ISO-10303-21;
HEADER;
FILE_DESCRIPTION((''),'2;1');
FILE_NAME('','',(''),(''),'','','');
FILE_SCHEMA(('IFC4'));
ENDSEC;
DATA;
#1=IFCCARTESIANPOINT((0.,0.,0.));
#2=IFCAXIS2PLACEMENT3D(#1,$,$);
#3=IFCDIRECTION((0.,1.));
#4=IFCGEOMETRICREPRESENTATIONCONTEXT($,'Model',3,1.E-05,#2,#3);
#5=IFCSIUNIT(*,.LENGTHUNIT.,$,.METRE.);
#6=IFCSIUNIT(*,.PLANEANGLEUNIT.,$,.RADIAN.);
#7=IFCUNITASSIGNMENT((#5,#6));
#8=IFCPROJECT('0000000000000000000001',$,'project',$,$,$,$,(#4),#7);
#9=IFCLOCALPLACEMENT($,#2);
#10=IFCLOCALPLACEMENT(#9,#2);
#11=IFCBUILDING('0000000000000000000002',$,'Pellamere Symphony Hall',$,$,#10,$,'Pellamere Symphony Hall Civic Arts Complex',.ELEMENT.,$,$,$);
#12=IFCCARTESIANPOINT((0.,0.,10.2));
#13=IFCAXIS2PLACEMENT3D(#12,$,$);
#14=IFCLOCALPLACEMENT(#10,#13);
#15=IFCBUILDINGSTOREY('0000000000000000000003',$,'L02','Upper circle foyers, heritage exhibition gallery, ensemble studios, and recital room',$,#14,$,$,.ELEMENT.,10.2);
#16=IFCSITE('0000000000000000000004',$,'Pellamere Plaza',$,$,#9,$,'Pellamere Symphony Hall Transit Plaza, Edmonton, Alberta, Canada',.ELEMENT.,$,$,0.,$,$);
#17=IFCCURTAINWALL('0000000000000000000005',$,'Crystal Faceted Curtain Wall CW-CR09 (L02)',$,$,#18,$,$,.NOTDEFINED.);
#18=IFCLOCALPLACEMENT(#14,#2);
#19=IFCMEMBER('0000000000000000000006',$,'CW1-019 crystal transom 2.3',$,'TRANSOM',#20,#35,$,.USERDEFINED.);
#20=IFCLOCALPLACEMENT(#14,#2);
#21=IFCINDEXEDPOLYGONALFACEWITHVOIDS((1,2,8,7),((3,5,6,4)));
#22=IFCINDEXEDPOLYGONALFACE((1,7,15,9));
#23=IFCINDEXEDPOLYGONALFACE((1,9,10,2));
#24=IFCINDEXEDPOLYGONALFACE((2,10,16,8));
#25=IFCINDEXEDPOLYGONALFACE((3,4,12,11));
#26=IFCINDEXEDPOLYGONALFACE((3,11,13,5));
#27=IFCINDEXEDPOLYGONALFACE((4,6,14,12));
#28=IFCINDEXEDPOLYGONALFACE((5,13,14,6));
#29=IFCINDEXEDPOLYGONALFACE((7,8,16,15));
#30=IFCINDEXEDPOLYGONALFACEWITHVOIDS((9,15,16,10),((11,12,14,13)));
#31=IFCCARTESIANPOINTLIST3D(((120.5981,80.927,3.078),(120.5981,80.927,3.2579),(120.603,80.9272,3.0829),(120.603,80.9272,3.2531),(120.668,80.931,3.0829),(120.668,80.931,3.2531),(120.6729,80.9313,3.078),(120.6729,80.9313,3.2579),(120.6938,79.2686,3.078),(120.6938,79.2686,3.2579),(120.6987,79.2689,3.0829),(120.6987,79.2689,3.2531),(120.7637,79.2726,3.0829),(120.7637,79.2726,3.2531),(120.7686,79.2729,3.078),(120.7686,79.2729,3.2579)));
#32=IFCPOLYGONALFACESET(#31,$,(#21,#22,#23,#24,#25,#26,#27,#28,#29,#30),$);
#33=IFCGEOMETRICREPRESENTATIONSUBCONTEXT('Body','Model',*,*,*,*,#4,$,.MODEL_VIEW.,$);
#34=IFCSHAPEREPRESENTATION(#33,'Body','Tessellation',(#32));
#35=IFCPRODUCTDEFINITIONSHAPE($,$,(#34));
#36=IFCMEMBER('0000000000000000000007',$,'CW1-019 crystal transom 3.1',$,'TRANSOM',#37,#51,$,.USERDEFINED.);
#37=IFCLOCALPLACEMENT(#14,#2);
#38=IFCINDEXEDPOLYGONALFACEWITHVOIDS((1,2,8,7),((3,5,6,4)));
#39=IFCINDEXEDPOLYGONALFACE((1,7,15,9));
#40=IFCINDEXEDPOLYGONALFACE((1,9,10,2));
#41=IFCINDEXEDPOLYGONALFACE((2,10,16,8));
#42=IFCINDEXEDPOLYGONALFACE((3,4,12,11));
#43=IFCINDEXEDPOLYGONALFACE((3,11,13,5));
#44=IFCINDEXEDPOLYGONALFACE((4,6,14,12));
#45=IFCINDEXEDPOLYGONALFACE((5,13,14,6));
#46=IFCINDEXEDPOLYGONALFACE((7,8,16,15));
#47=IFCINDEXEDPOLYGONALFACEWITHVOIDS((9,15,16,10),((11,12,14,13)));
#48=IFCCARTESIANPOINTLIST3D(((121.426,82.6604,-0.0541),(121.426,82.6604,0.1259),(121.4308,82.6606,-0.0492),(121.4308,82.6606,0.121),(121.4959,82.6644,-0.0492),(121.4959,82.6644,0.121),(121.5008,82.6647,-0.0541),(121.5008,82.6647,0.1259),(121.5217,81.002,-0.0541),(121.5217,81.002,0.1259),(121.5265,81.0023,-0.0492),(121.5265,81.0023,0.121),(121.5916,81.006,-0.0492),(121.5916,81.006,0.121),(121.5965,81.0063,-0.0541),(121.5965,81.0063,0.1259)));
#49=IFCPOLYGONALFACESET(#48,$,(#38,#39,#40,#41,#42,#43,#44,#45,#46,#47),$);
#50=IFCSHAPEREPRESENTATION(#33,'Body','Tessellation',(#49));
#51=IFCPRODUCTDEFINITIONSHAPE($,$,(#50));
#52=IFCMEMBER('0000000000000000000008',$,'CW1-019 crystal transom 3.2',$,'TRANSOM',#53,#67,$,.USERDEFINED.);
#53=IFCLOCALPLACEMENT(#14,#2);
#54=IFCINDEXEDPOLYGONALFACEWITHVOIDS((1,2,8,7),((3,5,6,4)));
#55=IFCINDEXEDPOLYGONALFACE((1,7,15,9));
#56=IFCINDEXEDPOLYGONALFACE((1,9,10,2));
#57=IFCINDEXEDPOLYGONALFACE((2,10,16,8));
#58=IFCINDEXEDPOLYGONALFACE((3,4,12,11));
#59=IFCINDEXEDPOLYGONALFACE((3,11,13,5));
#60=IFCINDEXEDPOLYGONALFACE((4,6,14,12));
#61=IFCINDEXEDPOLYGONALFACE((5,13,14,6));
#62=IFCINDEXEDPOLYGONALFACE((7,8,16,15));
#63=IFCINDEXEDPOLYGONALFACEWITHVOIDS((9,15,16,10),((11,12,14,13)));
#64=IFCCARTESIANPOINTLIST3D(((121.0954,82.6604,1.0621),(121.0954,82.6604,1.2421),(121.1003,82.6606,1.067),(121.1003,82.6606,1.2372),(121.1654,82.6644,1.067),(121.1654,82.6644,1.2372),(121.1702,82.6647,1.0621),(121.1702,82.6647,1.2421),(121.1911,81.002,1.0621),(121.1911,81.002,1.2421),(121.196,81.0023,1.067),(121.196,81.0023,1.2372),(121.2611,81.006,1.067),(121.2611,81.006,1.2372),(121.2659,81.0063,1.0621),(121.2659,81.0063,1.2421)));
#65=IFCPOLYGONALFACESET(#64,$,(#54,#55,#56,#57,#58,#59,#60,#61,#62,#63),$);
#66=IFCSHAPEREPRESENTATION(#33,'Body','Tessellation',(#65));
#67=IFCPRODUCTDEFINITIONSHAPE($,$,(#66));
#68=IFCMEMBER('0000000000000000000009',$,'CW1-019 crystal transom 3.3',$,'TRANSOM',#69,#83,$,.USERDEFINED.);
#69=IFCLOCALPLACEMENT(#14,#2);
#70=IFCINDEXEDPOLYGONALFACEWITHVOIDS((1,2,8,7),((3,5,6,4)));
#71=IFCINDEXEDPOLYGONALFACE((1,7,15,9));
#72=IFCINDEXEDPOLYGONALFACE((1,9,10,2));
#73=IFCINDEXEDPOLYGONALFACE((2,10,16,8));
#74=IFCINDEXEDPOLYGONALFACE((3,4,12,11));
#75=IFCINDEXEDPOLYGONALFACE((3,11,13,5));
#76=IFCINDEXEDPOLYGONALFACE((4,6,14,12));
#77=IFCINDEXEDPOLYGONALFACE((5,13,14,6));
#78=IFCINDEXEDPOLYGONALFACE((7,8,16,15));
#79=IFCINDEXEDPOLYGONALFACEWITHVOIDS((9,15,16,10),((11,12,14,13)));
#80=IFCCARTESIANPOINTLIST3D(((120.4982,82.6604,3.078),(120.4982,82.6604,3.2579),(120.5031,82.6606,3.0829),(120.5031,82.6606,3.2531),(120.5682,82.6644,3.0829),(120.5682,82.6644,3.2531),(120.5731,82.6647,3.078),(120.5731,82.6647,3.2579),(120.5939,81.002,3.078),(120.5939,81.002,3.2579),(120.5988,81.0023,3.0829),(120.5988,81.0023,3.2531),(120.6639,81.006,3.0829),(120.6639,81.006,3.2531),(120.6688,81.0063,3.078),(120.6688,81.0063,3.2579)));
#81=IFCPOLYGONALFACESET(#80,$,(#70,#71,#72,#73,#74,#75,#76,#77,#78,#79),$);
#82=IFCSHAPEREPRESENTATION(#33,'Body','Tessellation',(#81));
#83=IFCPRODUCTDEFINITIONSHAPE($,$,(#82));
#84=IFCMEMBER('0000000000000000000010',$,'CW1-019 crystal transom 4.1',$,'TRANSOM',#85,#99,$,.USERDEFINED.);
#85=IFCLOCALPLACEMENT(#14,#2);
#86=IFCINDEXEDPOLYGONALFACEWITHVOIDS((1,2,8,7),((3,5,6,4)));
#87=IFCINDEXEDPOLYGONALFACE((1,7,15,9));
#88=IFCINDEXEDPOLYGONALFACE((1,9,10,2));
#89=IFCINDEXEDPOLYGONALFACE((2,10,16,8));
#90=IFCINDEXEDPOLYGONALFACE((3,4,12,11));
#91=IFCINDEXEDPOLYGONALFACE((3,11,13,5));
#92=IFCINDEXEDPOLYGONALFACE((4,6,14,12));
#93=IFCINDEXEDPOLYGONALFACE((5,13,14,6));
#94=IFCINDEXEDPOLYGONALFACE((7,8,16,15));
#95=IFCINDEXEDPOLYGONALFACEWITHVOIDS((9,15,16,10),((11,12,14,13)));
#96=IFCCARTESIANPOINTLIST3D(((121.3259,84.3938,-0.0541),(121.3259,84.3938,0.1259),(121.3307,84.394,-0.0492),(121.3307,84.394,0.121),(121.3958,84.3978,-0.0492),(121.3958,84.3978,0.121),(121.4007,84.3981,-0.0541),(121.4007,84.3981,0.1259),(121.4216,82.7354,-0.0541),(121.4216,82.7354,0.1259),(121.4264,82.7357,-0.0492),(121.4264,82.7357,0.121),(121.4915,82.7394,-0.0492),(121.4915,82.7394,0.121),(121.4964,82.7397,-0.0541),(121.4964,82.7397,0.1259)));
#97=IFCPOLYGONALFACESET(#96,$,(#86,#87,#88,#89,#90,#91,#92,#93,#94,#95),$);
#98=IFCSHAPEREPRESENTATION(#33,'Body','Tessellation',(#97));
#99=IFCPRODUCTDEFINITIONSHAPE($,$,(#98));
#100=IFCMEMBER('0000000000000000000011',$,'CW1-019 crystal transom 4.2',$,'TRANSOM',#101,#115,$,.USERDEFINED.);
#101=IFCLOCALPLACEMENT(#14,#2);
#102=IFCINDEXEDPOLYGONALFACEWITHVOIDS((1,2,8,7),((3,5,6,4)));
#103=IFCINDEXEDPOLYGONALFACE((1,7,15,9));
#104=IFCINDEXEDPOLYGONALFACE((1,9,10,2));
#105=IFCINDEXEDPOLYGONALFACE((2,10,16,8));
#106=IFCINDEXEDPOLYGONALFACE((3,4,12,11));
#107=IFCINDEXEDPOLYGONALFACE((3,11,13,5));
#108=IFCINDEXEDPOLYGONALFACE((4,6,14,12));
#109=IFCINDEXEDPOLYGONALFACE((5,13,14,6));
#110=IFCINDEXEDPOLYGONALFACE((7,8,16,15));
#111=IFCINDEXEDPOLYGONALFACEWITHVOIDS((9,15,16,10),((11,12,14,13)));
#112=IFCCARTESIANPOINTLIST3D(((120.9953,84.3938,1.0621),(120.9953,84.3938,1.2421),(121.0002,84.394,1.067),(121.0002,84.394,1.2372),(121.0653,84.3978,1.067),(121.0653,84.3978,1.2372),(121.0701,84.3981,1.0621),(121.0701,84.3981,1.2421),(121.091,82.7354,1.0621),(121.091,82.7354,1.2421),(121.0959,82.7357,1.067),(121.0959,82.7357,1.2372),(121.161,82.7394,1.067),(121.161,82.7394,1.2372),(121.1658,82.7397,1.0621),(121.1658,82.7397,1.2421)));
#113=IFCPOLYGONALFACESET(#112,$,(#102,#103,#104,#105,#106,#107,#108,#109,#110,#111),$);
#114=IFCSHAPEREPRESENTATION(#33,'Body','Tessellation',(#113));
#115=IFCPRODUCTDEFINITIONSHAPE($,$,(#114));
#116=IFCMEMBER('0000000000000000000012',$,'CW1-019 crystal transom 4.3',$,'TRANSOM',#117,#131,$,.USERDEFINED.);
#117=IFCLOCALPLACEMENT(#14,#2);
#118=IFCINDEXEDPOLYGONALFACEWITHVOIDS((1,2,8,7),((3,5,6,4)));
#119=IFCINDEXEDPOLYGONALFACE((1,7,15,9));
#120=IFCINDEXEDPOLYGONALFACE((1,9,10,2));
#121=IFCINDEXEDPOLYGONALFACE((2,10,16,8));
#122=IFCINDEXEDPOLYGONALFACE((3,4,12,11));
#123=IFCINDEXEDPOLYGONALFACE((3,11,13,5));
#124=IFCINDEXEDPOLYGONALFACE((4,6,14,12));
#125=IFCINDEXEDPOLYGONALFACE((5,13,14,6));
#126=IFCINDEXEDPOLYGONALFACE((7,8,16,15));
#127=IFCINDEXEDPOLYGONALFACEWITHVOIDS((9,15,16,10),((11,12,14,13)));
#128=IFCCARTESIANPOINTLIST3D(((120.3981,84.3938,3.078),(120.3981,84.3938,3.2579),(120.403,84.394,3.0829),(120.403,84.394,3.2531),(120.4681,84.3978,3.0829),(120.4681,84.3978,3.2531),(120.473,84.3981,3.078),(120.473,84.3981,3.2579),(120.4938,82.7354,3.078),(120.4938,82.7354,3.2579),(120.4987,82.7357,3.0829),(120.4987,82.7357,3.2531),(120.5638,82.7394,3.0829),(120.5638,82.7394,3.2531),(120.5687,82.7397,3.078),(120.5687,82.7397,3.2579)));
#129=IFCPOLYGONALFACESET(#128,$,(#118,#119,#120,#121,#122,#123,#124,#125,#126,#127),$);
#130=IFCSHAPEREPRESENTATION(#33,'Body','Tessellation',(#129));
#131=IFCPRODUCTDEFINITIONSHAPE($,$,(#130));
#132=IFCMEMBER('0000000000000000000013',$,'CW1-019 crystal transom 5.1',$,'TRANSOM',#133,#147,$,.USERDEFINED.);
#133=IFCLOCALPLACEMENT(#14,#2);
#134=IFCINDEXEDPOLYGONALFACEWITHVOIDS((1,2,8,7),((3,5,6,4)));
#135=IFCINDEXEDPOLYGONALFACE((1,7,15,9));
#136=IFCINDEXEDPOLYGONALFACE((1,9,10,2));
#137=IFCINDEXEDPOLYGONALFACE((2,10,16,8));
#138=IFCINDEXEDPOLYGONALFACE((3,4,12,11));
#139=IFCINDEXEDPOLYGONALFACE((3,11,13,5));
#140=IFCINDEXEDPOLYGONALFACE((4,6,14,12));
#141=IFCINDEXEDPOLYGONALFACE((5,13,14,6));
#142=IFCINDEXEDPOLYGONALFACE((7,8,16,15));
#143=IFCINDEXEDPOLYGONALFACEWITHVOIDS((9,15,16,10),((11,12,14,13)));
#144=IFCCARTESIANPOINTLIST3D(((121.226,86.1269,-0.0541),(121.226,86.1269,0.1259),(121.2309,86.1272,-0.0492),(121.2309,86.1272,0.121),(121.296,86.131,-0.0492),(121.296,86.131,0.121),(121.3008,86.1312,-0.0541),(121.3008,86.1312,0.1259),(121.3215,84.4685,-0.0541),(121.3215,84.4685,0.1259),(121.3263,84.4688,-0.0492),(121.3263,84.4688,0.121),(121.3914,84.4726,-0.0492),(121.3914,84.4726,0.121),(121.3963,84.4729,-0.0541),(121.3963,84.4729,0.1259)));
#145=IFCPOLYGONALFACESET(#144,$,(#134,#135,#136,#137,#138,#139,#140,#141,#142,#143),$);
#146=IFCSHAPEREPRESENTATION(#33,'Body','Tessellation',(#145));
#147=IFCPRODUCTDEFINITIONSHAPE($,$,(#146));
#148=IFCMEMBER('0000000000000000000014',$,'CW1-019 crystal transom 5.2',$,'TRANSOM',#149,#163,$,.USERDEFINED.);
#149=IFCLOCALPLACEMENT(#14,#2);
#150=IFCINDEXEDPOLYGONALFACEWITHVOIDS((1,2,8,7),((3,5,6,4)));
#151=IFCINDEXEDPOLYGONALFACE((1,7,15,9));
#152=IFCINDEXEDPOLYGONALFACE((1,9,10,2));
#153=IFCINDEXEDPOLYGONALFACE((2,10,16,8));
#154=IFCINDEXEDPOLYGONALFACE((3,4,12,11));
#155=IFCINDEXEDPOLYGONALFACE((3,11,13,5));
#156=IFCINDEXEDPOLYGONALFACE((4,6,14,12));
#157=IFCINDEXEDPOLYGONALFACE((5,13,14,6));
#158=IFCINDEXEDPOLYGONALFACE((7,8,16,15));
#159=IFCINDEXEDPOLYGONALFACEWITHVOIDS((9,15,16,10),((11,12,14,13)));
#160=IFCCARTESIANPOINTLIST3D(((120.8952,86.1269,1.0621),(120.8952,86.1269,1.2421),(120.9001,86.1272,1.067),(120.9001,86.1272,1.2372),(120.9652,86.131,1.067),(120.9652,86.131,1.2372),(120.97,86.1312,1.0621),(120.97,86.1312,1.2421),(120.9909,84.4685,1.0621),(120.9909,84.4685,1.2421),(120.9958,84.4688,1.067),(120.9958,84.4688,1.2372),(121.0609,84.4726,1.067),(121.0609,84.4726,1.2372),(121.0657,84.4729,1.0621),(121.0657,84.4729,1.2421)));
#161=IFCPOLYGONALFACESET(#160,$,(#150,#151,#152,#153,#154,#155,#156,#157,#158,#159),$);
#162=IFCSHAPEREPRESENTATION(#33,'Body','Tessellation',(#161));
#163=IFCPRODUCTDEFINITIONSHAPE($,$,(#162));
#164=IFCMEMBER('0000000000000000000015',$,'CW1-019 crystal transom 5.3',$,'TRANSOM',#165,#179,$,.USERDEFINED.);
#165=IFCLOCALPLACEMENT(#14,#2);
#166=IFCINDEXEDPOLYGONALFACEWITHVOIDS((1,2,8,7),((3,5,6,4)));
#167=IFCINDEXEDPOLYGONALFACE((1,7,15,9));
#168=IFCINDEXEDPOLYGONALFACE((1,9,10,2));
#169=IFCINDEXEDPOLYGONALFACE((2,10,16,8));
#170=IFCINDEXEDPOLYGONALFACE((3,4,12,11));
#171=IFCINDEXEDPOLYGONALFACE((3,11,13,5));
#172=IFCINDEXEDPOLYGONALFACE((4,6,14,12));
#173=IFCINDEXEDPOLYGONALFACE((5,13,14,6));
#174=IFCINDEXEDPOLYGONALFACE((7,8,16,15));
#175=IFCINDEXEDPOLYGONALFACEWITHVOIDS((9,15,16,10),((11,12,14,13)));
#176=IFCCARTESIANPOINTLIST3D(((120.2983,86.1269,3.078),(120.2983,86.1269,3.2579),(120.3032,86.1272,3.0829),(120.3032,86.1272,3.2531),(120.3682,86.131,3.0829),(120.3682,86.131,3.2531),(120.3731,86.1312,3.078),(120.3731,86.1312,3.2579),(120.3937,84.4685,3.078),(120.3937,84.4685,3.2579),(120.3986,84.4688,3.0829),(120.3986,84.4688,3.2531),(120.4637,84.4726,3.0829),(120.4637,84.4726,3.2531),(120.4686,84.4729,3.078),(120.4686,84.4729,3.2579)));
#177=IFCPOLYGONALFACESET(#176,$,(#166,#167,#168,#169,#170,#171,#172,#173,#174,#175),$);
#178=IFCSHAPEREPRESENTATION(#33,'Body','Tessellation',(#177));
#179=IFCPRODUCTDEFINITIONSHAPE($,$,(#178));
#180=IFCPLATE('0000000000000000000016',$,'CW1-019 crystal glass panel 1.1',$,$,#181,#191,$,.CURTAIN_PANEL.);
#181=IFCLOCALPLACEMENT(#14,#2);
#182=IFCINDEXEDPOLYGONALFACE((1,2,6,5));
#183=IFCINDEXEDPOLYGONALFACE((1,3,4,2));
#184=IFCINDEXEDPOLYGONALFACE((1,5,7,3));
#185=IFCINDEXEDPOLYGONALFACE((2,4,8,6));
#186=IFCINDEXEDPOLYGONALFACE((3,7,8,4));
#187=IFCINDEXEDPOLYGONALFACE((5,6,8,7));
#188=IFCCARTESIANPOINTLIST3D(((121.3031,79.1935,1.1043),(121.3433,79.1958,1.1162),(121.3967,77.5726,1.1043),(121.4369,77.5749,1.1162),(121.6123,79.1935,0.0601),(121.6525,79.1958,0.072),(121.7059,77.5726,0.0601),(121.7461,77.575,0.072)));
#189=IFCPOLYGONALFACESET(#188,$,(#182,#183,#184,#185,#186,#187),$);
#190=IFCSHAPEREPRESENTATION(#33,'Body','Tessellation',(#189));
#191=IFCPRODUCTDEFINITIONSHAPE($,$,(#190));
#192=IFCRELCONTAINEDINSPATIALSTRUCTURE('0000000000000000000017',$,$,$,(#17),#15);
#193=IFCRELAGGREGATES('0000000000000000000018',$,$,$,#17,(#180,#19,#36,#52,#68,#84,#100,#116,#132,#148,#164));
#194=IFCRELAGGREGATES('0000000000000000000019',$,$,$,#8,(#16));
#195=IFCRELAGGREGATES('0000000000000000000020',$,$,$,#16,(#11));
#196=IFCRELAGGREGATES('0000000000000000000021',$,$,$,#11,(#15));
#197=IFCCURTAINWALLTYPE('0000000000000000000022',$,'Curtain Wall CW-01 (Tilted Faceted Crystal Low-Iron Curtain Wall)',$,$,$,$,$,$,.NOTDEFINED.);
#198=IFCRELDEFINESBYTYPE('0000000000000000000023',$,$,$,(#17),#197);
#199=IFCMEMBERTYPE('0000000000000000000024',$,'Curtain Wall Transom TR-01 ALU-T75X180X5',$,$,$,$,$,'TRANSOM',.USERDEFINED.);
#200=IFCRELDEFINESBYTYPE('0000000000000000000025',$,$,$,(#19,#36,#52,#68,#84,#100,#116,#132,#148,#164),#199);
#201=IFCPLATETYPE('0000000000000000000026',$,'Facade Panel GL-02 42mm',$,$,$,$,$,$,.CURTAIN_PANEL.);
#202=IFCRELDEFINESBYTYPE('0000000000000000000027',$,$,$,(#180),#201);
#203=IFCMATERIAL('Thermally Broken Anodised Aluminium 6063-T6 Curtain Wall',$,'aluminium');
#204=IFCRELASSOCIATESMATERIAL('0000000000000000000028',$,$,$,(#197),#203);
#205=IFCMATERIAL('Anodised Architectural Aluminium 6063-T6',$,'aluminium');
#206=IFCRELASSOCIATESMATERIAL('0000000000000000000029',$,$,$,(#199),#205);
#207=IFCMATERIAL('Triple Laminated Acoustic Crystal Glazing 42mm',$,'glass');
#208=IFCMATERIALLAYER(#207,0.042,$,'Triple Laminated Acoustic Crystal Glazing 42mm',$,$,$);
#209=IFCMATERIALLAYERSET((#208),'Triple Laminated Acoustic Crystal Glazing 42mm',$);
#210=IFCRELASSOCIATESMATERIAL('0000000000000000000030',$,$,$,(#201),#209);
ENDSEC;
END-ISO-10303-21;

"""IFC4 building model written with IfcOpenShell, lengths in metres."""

from ifc_helpers import new_model, si_unit, direction, frame, origin, origin_2d, place, context, subcontext, project, spatial, polyline, hollow_rectangle, outline, extrude, material, layer, layer_set, material_profile, profile_set, type_object, element, aggregate, save


model = new_model("IFC4")

# Units and contexts
model_context = context("Model", 3, precision=1e-05, world=origin(), true_north=direction((0.0, 1.0)))
body_context = subcontext(model_context, "Body", "Model", "MODEL_VIEW")
ifc_project = project(units=[si_unit("LENGTHUNIT", "METRE"), si_unit("PLANEANGLEUNIT", "RADIAN")], contexts=[model_context])

# Site, building, storey
site_placement = place(None, origin())
site = spatial("IfcSite", under=ifc_project, at=site_placement, Name="Pellamere Plaza", LongName="Pellamere Symphony Hall Transit Plaza, Edmonton, Alberta, Canada", CompositionType="ELEMENT", RefElevation=0.0)
building_placement = place(site_placement, origin())
building = spatial("IfcBuilding", under=site, at=building_placement, Name="Pellamere Symphony Hall", LongName="Pellamere Symphony Hall Civic Arts Complex", CompositionType="ELEMENT")
storey_placement = place(building_placement, frame((0.0, 0.0, 10.2)))
storey = spatial("IfcBuildingStorey", under=building, at=storey_placement, Name="L02", Description="Upper circle foyers, heritage exhibition gallery, ensemble studios, and recital room", CompositionType="ELEMENT", Elevation=10.2)

# Curtain wall, members, plate
ifc_material_1 = material(Name="Thermally Broken Anodised Aluminium 6063-T6 Curtain Wall", Category="aluminium")
curtain_wall_type = type_object("IfcCurtainWallType", Name="Curtain Wall CW-01 (Tilted Faceted Crystal Low-Iron Curtain Wall)", PredefinedType="NOTDEFINED", material=ifc_material_1)
curtain_wall_placement = place(storey_placement, origin())
curtain_wall = element("IfcCurtainWall", 1, at=curtain_wall_placement, inside=storey, type_object=curtain_wall_type, Name="Crystal Faceted Curtain Wall CW-CR09 (L02)", PredefinedType="NOTDEFINED")
ifc_material_2 = material(Name="Anodised Architectural Aluminium 6063-T6", Category="aluminium")
ifc_material_profile_1 = material_profile(ifc_material_2, hollow_rectangle(XDim=0.075, YDim=0.1799, WallThickness=0.0049, at=origin_2d()), Name="ALU-T75X180X5")
ifc_profile_set_1 = profile_set([ifc_material_profile_1], Name="Anodised Architectural Aluminium 6063-T6")
member_type_1 = type_object("IfcMemberType", Name="Curtain Wall Transom TR-01 ALU-T75X180X5", ElementType="TRANSOM", PredefinedType="USERDEFINED", material=ifc_profile_set_1)
member_1_placement = place(storey_placement, frame((120.7312, 79.2708, 3.168), z_axis=(-0.057611, 0.998339, 0.0), x_axis=(-0.998339, -0.057611, 0.0)))
member_1 = element("IfcMember", 2, at=member_1_placement, type_object=member_type_1, Name="CW1-019 crystal transom 2.3", ObjectType="TRANSOM", PredefinedType="USERDEFINED", context=body_context, shape_type="SweptSolid", body=[
    extrude(hollow_rectangle(XDim=0.075, YDim=0.1799, WallThickness=0.0049, at=origin_2d()), origin(), (0.0, 0.0, 1.0), 1.6611),
])
member_2_placement = place(storey_placement, frame((121.5591, 81.0042, 0.0359), z_axis=(-0.057611, 0.998339, 0.0), x_axis=(-0.998339, -0.057611, 0.0)))
member_2 = element("IfcMember", 3, at=member_2_placement, type_object=member_type_1, Name="CW1-019 crystal transom 3.1", ObjectType="TRANSOM", PredefinedType="USERDEFINED", context=body_context, shape_type="SweptSolid", body=[
    extrude(hollow_rectangle(XDim=0.075, YDim=0.1799, WallThickness=0.0049, at=origin_2d()), origin(), (0.0, 0.0, 1.0), 1.6611),
])
member_3_placement = place(storey_placement, frame((121.2285, 81.0042, 1.1521), z_axis=(-0.057611, 0.998339, 0.0), x_axis=(-0.998339, -0.057611, 0.0)))
member_3 = element("IfcMember", 4, at=member_3_placement, type_object=member_type_1, Name="CW1-019 crystal transom 3.2", ObjectType="TRANSOM", PredefinedType="USERDEFINED", context=body_context, shape_type="SweptSolid", body=[
    extrude(hollow_rectangle(XDim=0.075, YDim=0.1799, WallThickness=0.0049, at=origin_2d()), origin(), (0.0, 0.0, 1.0), 1.6611),
])
member_4_placement = place(storey_placement, frame((120.6313, 81.0042, 3.168), z_axis=(-0.057611, 0.998339, 0.0), x_axis=(-0.998339, -0.057611, 0.0)))
member_4 = element("IfcMember", 5, at=member_4_placement, type_object=member_type_1, Name="CW1-019 crystal transom 3.3", ObjectType="TRANSOM", PredefinedType="USERDEFINED", context=body_context, shape_type="SweptSolid", body=[
    extrude(hollow_rectangle(XDim=0.075, YDim=0.1799, WallThickness=0.0049, at=origin_2d()), origin(), (0.0, 0.0, 1.0), 1.6611),
])
member_5_placement = place(storey_placement, frame((121.459, 82.7375, 0.0359), z_axis=(-0.057611, 0.998339, 0.0), x_axis=(-0.998339, -0.057611, 0.0)))
member_5 = element("IfcMember", 6, at=member_5_placement, type_object=member_type_1, Name="CW1-019 crystal transom 4.1", ObjectType="TRANSOM", PredefinedType="USERDEFINED", context=body_context, shape_type="SweptSolid", body=[
    extrude(hollow_rectangle(XDim=0.075, YDim=0.1799, WallThickness=0.0049, at=origin_2d()), origin(), (0.0, 0.0, 1.0), 1.6611),
])
member_6_placement = place(storey_placement, frame((121.1284, 82.7375, 1.1521), z_axis=(-0.057611, 0.998339, 0.0), x_axis=(-0.998339, -0.057611, 0.0)))
member_6 = element("IfcMember", 7, at=member_6_placement, type_object=member_type_1, Name="CW1-019 crystal transom 4.2", ObjectType="TRANSOM", PredefinedType="USERDEFINED", context=body_context, shape_type="SweptSolid", body=[
    extrude(hollow_rectangle(XDim=0.075, YDim=0.1799, WallThickness=0.0049, at=origin_2d()), origin(), (0.0, 0.0, 1.0), 1.6611),
])
member_7_placement = place(storey_placement, frame((120.5312, 82.7375, 3.168), z_axis=(-0.057611, 0.998339, 0.0), x_axis=(-0.998339, -0.057611, 0.0)))
member_7 = element("IfcMember", 8, at=member_7_placement, type_object=member_type_1, Name="CW1-019 crystal transom 4.3", ObjectType="TRANSOM", PredefinedType="USERDEFINED", context=body_context, shape_type="SweptSolid", body=[
    extrude(hollow_rectangle(XDim=0.075, YDim=0.1799, WallThickness=0.0049, at=origin_2d()), origin(), (0.0, 0.0, 1.0), 1.6611),
])
member_8_placement = place(storey_placement, frame((121.3589, 84.4707, 0.0359), z_axis=(-0.057464, 0.998348, 0.0), x_axis=(-0.998348, -0.057464, 0.0)))
member_8 = element("IfcMember", 9, at=member_8_placement, type_object=member_type_1, Name="CW1-019 crystal transom 5.1", ObjectType="TRANSOM", PredefinedType="USERDEFINED", context=body_context, shape_type="SweptSolid", body=[
    extrude(hollow_rectangle(XDim=0.075, YDim=0.1799, WallThickness=0.0049, at=origin_2d()), origin(), (0.0, 0.0, 1.0), 1.6611),
])
member_9_placement = place(storey_placement, frame((121.0283, 84.4707, 1.1521), z_axis=(-0.057611, 0.998339, 0.0), x_axis=(-0.998339, -0.057611, 0.0)))
member_9 = element("IfcMember", 10, at=member_9_placement, type_object=member_type_1, Name="CW1-019 crystal transom 5.2", ObjectType="TRANSOM", PredefinedType="USERDEFINED", context=body_context, shape_type="SweptSolid", body=[
    extrude(hollow_rectangle(XDim=0.075, YDim=0.1799, WallThickness=0.0049, at=origin_2d()), origin(), (0.0, 0.0, 1.0), 1.6611),
])
member_10_placement = place(storey_placement, frame((120.4312, 84.4707, 3.168), z_axis=(-0.057464, 0.998348, 0.0), x_axis=(-0.998348, -0.057464, 0.0)))
member_10 = element("IfcMember", 11, at=member_10_placement, type_object=member_type_1, Name="CW1-019 crystal transom 5.3", ObjectType="TRANSOM", PredefinedType="USERDEFINED", context=body_context, shape_type="SweptSolid", body=[
    extrude(hollow_rectangle(XDim=0.075, YDim=0.1799, WallThickness=0.0049, at=origin_2d()), origin(), (0.0, 0.0, 1.0), 1.6611),
])
ifc_material_3 = material(Name="Triple Laminated Acoustic Crystal Glazing 42mm", Category="glass")
ifc_layer_1 = layer(ifc_material_3, 0.042, Name="Triple Laminated Acoustic Crystal Glazing 42mm")
ifc_layer_set_1 = layer_set([ifc_layer_1], Name="Triple Laminated Acoustic Crystal Glazing 42mm")
plate_type_1 = type_object("IfcPlateType", Name="Facade Panel GL-02 42mm", PredefinedType="CURTAIN_PANEL", material=ifc_layer_set_1)
plate_1_placement = place(storey_placement, frame((121.7461, 77.575, 0.072), z_axis=(0.957377, 0.055303, 0.283497), x_axis=(-0.057663, 0.998336, -0.00002)))
plate_1 = element("IfcPlate", 12, at=plate_1_placement, type_object=plate_type_1, Name="CW1-019 crystal glass panel 1.1", PredefinedType="CURTAIN_PANEL", context=body_context, shape_type="SweptSolid", body=[
    extrude(outline(polyline([(0.0, 0.0), (1.6235, 0.0), (1.6414, 1.0889), (0.0178, 1.0888), (0.0, 0.0)])), origin(), (0.0, 0.0, -1.0), 0.042),
])
aggregate(curtain_wall, [plate_1, member_1, member_2, member_3, member_4, member_5, member_6, member_7, member_8, member_9, member_10])

save(model, "model.ifc")
